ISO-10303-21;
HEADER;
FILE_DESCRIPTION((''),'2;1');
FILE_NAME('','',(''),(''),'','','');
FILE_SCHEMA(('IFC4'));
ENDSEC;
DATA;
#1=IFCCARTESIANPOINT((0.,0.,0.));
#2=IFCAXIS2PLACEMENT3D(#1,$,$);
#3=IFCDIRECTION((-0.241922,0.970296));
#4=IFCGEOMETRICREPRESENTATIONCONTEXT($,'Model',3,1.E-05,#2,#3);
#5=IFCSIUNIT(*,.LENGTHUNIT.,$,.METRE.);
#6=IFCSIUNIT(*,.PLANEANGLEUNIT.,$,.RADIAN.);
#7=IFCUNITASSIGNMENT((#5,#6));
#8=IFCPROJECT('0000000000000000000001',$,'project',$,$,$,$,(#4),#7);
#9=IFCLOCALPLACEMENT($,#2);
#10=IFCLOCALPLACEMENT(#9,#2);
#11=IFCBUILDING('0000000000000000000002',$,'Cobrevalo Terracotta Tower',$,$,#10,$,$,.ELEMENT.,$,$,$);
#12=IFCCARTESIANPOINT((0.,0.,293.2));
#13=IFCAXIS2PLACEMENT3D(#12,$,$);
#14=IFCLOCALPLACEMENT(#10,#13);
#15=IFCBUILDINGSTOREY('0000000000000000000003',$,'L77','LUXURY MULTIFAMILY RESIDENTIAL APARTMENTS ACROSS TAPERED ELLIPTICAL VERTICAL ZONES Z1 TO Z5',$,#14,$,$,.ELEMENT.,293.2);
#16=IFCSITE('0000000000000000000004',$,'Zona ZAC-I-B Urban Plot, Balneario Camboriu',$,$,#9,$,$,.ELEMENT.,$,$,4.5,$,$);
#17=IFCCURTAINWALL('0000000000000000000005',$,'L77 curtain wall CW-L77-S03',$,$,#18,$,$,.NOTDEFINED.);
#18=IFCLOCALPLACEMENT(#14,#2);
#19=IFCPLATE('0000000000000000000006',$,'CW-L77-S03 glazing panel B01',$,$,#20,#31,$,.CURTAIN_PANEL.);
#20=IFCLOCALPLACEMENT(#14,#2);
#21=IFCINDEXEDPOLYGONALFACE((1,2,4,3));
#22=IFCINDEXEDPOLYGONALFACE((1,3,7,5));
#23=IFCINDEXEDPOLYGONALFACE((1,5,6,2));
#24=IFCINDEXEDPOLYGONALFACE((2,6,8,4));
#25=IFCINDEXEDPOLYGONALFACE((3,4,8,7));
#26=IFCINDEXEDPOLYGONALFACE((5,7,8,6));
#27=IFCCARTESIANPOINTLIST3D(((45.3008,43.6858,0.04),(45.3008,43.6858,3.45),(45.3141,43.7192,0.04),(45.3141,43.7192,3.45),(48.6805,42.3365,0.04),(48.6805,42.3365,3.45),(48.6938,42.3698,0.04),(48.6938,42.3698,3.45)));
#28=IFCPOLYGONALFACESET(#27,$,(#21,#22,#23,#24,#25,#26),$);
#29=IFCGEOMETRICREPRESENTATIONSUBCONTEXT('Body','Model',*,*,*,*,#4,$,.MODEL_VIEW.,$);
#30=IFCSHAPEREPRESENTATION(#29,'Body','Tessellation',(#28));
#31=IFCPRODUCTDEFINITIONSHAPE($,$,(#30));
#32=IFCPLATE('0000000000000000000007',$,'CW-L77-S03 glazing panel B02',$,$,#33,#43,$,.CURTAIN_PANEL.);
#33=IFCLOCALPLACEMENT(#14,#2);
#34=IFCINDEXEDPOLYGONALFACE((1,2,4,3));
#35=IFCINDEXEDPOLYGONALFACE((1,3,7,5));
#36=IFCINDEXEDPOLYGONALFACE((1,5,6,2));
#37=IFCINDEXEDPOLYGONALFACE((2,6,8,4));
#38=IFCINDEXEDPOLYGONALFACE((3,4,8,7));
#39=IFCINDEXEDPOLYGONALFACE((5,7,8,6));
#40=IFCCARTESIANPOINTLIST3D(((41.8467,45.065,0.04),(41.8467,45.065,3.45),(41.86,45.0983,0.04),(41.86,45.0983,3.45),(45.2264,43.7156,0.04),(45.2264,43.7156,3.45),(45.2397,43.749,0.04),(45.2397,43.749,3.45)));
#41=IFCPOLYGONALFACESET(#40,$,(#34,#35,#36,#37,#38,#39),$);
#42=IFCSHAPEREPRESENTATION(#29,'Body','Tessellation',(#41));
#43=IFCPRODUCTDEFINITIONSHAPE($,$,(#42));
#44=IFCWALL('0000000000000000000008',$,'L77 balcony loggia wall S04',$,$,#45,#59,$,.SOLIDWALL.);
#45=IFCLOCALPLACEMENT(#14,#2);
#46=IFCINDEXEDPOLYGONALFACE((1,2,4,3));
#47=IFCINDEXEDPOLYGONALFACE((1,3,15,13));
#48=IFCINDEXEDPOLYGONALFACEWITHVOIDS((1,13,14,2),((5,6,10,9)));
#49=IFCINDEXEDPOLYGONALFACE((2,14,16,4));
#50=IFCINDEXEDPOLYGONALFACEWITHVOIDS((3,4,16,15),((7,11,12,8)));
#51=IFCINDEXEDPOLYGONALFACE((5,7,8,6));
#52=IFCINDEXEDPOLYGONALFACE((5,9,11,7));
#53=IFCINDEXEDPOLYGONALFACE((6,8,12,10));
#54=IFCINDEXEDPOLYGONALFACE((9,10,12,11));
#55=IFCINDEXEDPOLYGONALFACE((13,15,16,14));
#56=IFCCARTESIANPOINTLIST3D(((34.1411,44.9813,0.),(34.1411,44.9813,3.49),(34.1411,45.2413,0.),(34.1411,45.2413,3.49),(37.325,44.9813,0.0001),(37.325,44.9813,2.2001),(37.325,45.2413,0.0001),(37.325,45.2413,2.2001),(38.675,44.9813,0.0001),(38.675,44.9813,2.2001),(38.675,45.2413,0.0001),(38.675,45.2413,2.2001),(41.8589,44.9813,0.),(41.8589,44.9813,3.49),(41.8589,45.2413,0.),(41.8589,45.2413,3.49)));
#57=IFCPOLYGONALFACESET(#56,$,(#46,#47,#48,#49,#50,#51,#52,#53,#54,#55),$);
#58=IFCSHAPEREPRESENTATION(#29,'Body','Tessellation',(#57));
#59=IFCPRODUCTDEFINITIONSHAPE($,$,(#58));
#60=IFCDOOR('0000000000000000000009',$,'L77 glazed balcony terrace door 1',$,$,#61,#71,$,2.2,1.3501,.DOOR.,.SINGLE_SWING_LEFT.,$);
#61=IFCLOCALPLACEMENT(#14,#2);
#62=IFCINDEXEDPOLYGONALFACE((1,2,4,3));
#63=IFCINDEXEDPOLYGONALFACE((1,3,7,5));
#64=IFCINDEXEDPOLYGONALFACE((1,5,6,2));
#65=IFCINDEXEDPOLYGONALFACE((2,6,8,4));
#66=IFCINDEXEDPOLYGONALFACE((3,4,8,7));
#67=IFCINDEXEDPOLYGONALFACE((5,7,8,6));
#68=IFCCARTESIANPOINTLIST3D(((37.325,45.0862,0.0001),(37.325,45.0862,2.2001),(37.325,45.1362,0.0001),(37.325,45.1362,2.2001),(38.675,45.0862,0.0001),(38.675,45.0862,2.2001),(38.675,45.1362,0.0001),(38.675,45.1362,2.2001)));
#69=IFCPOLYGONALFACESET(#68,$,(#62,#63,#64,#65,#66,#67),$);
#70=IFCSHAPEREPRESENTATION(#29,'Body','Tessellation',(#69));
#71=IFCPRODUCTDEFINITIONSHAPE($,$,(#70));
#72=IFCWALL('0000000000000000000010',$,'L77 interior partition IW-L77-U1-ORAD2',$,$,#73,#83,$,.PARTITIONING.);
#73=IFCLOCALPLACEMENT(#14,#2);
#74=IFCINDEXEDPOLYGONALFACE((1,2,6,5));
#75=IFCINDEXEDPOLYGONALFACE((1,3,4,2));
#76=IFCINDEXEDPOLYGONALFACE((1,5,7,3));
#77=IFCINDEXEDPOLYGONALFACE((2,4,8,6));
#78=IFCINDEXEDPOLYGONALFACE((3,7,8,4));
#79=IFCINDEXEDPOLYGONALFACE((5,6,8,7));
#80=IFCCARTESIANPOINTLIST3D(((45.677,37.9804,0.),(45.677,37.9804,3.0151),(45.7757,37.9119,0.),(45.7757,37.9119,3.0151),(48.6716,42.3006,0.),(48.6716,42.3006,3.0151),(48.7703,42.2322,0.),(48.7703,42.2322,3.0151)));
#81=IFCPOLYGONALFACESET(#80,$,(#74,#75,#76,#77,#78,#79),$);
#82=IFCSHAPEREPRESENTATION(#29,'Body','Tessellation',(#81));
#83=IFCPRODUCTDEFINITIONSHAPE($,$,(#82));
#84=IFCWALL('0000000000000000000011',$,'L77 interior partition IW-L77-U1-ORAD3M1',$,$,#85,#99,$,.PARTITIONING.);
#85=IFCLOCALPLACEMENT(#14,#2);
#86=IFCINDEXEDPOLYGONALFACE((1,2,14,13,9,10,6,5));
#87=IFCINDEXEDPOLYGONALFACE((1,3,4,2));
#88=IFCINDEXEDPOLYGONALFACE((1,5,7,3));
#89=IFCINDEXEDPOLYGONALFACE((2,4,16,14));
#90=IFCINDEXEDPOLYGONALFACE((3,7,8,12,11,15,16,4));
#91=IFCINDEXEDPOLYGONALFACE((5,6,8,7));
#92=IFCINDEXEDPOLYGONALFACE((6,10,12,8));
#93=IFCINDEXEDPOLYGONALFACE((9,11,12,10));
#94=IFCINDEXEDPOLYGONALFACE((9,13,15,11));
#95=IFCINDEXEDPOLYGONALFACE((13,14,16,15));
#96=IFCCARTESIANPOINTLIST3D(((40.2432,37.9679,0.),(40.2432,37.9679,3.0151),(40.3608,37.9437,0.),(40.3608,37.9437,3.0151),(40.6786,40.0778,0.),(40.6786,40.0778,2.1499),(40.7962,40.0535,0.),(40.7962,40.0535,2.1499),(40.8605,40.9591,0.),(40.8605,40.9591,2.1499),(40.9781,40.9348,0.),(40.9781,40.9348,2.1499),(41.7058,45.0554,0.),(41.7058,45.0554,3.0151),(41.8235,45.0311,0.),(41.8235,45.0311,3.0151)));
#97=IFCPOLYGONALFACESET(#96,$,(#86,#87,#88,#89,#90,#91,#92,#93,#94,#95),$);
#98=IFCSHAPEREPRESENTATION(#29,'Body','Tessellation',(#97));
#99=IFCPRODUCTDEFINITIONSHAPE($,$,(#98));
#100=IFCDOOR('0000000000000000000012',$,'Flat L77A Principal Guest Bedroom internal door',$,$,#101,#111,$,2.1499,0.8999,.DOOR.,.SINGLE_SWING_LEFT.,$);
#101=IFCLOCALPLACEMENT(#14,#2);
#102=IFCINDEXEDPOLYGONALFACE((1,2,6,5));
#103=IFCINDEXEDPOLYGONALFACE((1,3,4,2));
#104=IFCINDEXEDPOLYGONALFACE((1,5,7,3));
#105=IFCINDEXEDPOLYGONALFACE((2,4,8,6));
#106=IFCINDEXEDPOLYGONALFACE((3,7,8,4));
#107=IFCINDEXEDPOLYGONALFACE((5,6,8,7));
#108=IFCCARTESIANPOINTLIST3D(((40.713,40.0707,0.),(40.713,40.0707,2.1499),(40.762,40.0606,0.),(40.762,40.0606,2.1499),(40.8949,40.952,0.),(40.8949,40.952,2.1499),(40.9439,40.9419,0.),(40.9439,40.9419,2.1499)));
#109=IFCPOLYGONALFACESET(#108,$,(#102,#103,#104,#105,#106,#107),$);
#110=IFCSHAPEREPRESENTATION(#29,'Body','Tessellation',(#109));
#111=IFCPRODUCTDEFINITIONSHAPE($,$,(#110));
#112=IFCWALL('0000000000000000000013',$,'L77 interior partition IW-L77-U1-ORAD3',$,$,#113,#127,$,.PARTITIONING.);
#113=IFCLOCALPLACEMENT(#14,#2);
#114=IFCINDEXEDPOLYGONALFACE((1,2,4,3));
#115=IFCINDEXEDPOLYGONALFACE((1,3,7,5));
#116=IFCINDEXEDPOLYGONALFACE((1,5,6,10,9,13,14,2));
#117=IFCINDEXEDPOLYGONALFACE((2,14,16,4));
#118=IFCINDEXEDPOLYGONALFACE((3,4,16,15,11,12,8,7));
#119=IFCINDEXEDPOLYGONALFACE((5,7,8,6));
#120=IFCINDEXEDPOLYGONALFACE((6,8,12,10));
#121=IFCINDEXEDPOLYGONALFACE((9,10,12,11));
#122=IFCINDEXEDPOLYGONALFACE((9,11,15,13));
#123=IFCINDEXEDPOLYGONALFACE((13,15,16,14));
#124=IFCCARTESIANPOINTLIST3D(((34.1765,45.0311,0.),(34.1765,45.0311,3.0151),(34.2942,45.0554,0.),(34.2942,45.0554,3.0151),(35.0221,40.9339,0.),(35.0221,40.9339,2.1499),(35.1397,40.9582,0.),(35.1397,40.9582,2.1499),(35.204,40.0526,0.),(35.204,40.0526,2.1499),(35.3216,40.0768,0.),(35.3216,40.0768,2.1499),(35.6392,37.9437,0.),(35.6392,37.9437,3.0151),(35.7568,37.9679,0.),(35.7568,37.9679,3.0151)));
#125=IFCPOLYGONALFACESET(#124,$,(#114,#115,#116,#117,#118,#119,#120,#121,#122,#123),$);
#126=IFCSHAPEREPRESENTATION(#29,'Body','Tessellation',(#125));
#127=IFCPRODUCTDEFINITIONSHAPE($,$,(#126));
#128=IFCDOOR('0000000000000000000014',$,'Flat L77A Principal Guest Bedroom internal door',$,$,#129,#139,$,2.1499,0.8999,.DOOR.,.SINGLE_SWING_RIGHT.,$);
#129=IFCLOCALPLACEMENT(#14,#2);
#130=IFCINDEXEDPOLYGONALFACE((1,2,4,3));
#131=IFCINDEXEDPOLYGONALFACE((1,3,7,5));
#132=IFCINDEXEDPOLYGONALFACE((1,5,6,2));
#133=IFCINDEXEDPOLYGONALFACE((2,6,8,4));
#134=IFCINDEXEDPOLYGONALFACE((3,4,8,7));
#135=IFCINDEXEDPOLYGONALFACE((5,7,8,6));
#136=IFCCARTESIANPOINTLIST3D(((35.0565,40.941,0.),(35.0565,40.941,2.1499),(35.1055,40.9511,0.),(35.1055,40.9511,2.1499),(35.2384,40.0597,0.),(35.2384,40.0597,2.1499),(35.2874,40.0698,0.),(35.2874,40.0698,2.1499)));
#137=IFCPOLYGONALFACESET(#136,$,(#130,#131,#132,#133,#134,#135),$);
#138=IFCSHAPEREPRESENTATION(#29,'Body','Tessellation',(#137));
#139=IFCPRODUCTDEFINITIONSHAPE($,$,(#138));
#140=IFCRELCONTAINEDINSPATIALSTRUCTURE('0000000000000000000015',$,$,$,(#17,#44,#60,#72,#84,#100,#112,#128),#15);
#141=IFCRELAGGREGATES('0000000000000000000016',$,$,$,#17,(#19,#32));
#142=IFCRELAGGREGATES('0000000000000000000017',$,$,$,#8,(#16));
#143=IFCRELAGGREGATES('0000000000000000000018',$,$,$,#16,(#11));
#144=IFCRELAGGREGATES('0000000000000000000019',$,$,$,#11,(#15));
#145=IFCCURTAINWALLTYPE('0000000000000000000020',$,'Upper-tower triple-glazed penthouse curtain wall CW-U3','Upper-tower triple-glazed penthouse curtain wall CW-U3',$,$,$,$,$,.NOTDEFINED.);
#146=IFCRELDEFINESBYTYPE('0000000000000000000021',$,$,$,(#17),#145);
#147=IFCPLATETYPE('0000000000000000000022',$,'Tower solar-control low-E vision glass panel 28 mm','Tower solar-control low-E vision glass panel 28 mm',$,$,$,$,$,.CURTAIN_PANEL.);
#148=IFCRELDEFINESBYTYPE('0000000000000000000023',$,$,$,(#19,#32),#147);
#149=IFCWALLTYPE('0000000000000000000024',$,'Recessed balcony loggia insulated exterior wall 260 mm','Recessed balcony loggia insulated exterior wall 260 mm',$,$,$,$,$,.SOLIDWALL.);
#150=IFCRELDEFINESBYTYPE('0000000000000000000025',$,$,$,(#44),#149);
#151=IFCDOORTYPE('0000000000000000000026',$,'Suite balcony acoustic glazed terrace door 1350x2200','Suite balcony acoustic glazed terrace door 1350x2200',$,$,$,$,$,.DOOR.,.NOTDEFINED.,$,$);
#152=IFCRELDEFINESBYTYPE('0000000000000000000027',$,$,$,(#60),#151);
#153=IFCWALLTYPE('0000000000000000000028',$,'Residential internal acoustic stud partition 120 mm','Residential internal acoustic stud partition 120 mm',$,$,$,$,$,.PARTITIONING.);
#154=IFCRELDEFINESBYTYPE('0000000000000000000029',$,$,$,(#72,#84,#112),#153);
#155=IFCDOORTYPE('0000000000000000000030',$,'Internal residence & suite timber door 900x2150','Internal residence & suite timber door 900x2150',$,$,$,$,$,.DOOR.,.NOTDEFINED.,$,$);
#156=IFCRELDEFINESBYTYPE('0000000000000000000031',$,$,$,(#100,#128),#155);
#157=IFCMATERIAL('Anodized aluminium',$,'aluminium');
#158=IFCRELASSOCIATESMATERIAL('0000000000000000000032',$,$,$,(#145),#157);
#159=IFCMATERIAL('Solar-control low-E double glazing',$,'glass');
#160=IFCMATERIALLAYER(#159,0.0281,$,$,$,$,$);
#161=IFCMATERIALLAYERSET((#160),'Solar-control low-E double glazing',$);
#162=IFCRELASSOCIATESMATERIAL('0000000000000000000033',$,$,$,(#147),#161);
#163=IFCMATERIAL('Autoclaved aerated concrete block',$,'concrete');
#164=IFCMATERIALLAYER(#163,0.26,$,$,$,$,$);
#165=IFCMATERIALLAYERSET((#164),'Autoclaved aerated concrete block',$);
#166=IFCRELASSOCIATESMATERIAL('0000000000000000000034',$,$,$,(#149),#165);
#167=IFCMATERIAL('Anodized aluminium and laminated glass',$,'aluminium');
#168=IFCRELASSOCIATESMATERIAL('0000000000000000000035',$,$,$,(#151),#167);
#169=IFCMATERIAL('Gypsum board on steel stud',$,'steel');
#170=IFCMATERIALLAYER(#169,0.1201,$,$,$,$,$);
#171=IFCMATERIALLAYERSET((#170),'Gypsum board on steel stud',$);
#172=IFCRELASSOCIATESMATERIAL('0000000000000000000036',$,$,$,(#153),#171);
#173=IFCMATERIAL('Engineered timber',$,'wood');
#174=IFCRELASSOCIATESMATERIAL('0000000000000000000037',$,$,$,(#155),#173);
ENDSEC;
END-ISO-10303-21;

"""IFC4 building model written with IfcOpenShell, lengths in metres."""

from ifc_helpers import new_model, si_unit, direction, frame, frame_2d, origin, origin_2d, place, context, subcontext, project, spatial, rectangle, extrude, source, transform, mapped, material, layer, layer_set, type_object, element, fill, aggregate, save


model = new_model("IFC4")

# Units and contexts
model_context = context("Model", 3, precision=1e-05, world=origin(), true_north=direction((-0.241922, 0.970296)))
body_context = subcontext(model_context, "Body", "Model", "MODEL_VIEW")
ifc_project = project(units=[si_unit("LENGTHUNIT", "METRE"), si_unit("PLANEANGLEUNIT", "RADIAN")], contexts=[model_context])

# Site, building, storey
site_placement = place(None, origin())
site = spatial("IfcSite", under=ifc_project, at=site_placement, Name="Zona ZAC-I-B Urban Plot, Balneario Camboriu", CompositionType="ELEMENT", RefElevation=4.5)
building_placement = place(site_placement, origin())
building = spatial("IfcBuilding", under=site, at=building_placement, Name="Cobrevalo Terracotta Tower", CompositionType="ELEMENT")
storey_placement = place(building_placement, frame((0.0, 0.0, 293.2)))
storey = spatial("IfcBuildingStorey", under=building, at=storey_placement, Name="L77", Description="LUXURY MULTIFAMILY RESIDENTIAL APARTMENTS ACROSS TAPERED ELLIPTICAL VERTICAL ZONES Z1 TO Z5", CompositionType="ELEMENT", Elevation=293.2)

# Curtain wall, plates
ifc_material_1 = material(Name="Anodized aluminium", Category="aluminium")
curtain_wall_type = type_object("IfcCurtainWallType", Name="Upper-tower triple-glazed penthouse curtain wall CW-U3", Description="Upper-tower triple-glazed penthouse curtain wall CW-U3", PredefinedType="NOTDEFINED", material=ifc_material_1)
curtain_wall_placement = place(storey_placement, origin())
curtain_wall = element("IfcCurtainWall", 1, at=curtain_wall_placement, inside=storey, type_object=curtain_wall_type, Name="L77 curtain wall CW-L77-S03", PredefinedType="NOTDEFINED")
ifc_material_2 = material(Name="Solar-control low-E double glazing", Category="glass")
ifc_layer_1 = layer(ifc_material_2, 0.0281)
ifc_layer_set_1 = layer_set([ifc_layer_1], Name="Solar-control low-E double glazing")
plate_type = type_object("IfcPlateType", Name="Tower solar-control low-E vision glass panel 28 mm", Description="Tower solar-control low-E vision glass panel 28 mm", PredefinedType="CURTAIN_PANEL", material=ifc_layer_set_1)
shared_shape_1 = source(origin(), body_context, "Body", "SweptSolid", [
    extrude(rectangle(XDim=3.6392, YDim=0.0359, at=origin_2d()), origin(), (0.0, 0.0, 1.0), 3.4099),
])
plate_1_placement = place(storey_placement, frame((46.9973, 43.0278, 0.04), z_axis=(0.0, 0.0, 1.0), x_axis=(-0.928718, 0.370786, 0.0)))
plate_1 = element("IfcPlate", 2, at=plate_1_placement, type_object=plate_type, Name="CW-L77-S03 glazing panel B01", PredefinedType="CURTAIN_PANEL", context=body_context, shape_type="MappedRepresentation", body=[
    mapped(shared_shape_1, transform((0.0, 0.0, 0.0), scale=1.0)),
])
plate_2_placement = place(storey_placement, frame((43.5432, 44.407, 0.04), z_axis=(0.0, 0.0, 1.0), x_axis=(-0.928718, 0.370786, 0.0)))
plate_2 = element("IfcPlate", 3, at=plate_2_placement, type_object=plate_type, Name="CW-L77-S03 glazing panel B02", PredefinedType="CURTAIN_PANEL", context=body_context, shape_type="MappedRepresentation", body=[
    mapped(shared_shape_1, transform((0.0, 0.0, 0.0), scale=1.0)),
])
aggregate(curtain_wall, [plate_1, plate_2])

# Wall, opening, door
ifc_material_3 = material(Name="Autoclaved aerated concrete block", Category="concrete")
ifc_layer_2 = layer(ifc_material_3, 0.26)
ifc_layer_set_2 = layer_set([ifc_layer_2], Name="Autoclaved aerated concrete block")
wall_type_1 = type_object("IfcWallType", Name="Recessed balcony loggia insulated exterior wall 260 mm", Description="Recessed balcony loggia insulated exterior wall 260 mm", PredefinedType="SOLIDWALL", material=ifc_layer_set_2)
wall_1_placement = place(storey_placement, frame((41.8589, 45.1113, 0.0), z_axis=(0.0, 0.0, 1.0), x_axis=(-1.0, 0.0, 0.0)))
wall_1 = element("IfcWall", 4, at=wall_1_placement, inside=storey, type_object=wall_type_1, Name="L77 balcony loggia wall S04", PredefinedType="SOLIDWALL", context=body_context, shape_type="SweptSolid", body=[
    extrude(rectangle(XDim=7.7178, YDim=0.26, at=frame_2d((3.8589, 0.0))), origin(), (0.0, 0.0, 1.0), 3.49),
])
opening_1_placement = place(wall_1_placement, frame((3.1838, 0.0, 0.0)))
opening_1 = element("IfcOpeningElement", 5, at=opening_1_placement, cuts=wall_1, PredefinedType="OPENING", context=body_context, shape_type="SweptSolid", body=[
    extrude(rectangle(XDim=1.3501, YDim=2.2, at=frame_2d((0.675, 1.1001))), frame((0.0, 0.1401, 0.0), z_axis=(0.0, -1.0, 0.0), x_axis=(1.0, 0.0, 0.0)), (0.0, 0.0, 1.0), 0.28),
])
ifc_material_4 = material(Name="Anodized aluminium and laminated glass", Category="aluminium")
door_type_1 = type_object("IfcDoorType", Name="Suite balcony acoustic glazed terrace door 1350x2200", Description="Suite balcony acoustic glazed terrace door 1350x2200", OperationType="NOTDEFINED", PredefinedType="DOOR", material=ifc_material_4)
shared_shape_2 = source(origin(), body_context, "Body", "SweptSolid", [
    extrude(rectangle(XDim=1.3501, YDim=2.2, at=frame_2d((0.675, 1.1001))), frame((0.0, 0.0249, 0.0), z_axis=(0.0, -1.0, 0.0), x_axis=(1.0, 0.0, 0.0)), (0.0, 0.0, 1.0), 0.05),
])
door_1_placement = place(opening_1_placement, frame((1.3501, 0.0, 0.0), z_axis=(0.0, 0.0, 1.0), x_axis=(-1.0, 0.0, 0.0)))
door_1 = element("IfcDoor", 6, at=door_1_placement, inside=storey, type_object=door_type_1, Name="L77 glazed balcony terrace door 1", OperationType="SINGLE_SWING_LEFT", OverallHeight=2.2, OverallWidth=1.3501, PredefinedType="DOOR", context=body_context, shape_type="MappedRepresentation", body=[
    mapped(shared_shape_2, transform((0.0, 0.0, 0.0), scale=1.0)),
])
fill(opening_1, door_1)

# Wall
ifc_material_5 = material(Name="Gypsum board on steel stud", Category="steel")
ifc_layer_3 = layer(ifc_material_5, 0.1201)
ifc_layer_set_3 = layer_set([ifc_layer_3], Name="Gypsum board on steel stud")
wall_type_2 = type_object("IfcWallType", Name="Residential internal acoustic stud partition 120 mm", Description="Residential internal acoustic stud partition 120 mm", PredefinedType="PARTITIONING", material=ifc_layer_set_3)
wall_2_placement = place(storey_placement, frame((45.7263, 37.946, 0.0), z_axis=(0.0, 0.0, 1.0), x_axis=(0.569678, 0.821868, 0.0)))
element("IfcWall", 7, at=wall_2_placement, inside=storey, type_object=wall_type_2, Name="L77 interior partition IW-L77-U1-ORAD2", PredefinedType="PARTITIONING", context=body_context, shape_type="SweptSolid", body=[
    extrude(rectangle(XDim=5.2566, YDim=0.1201, at=frame_2d((2.6284, 0.0))), origin(), (0.0, 0.0, 1.0), 3.0151),
])

# Walls, openings, doors
wall_3_placement = place(storey_placement, frame((40.302, 37.9558, 0.0), z_axis=(0.0, 0.0, 1.0), x_axis=(0.202114, 0.979362, 0.0)))
wall_3 = element("IfcWall", 8, at=wall_3_placement, inside=storey, type_object=wall_type_2, Name="L77 interior partition IW-L77-U1-ORAD3M1", PredefinedType="PARTITIONING", context=body_context, shape_type="SweptSolid", body=[
    extrude(rectangle(XDim=7.2368, YDim=0.1201, at=frame_2d((3.6184, 0.0))), origin(), (0.0, 0.0, 1.0), 3.0151),
])
opening_2_placement = place(wall_3_placement, frame((2.1543, 0.0, 0.0)))
opening_2 = element("IfcOpeningElement", 9, at=opening_2_placement, cuts=wall_3, PredefinedType="OPENING", context=body_context, shape_type="SweptSolid", body=[
    extrude(rectangle(XDim=0.8999, YDim=2.1499, at=frame_2d((0.45, 1.075))), frame((0.0, 0.0701, 0.0), z_axis=(0.0, -1.0, 0.0), x_axis=(1.0, 0.0, 0.0)), (0.0, 0.0, 1.0), 0.1401),
])
ifc_material_6 = material(Name="Engineered timber", Category="wood")
door_type_2 = type_object("IfcDoorType", Name="Internal residence & suite timber door 900x2150", Description="Internal residence & suite timber door 900x2150", OperationType="NOTDEFINED", PredefinedType="DOOR", material=ifc_material_6)
shared_shape_3 = source(origin(), body_context, "Body", "SweptSolid", [
    extrude(rectangle(XDim=0.8999, YDim=2.1499, at=frame_2d((0.45, 1.075))), frame((0.0, 0.0249, 0.0), z_axis=(0.0, -1.0, 0.0), x_axis=(1.0, 0.0, 0.0)), (0.0, 0.0, 1.0), 0.05),
])
door_2_placement = place(opening_2_placement, origin())
door_2 = element("IfcDoor", 10, at=door_2_placement, inside=storey, type_object=door_type_2, Name="Flat L77A Principal Guest Bedroom internal door", OperationType="SINGLE_SWING_LEFT", OverallHeight=2.1499, OverallWidth=0.8999, PredefinedType="DOOR", context=body_context, shape_type="MappedRepresentation", body=[
    mapped(shared_shape_3, transform((0.0, 0.0, 0.0), scale=1.0)),
])
fill(opening_2, door_2)
wall_4_placement = place(storey_placement, frame((35.698, 37.9558, 0.0), z_axis=(0.0, 0.0, 1.0), x_axis=(-0.202114, 0.979362, 0.0)))
wall_4 = element("IfcWall", 11, at=wall_4_placement, inside=storey, type_object=wall_type_2, Name="L77 interior partition IW-L77-U1-ORAD3", PredefinedType="PARTITIONING", context=body_context, shape_type="SweptSolid", body=[
    extrude(rectangle(XDim=7.2368, YDim=0.1201, at=frame_2d((3.6184, 0.0))), origin(), (0.0, 0.0, 1.0), 3.0151),
])
opening_3_placement = place(wall_4_placement, frame((2.1533, 0.0, 0.0)))
opening_3 = element("IfcOpeningElement", 12, at=opening_3_placement, cuts=wall_4, PredefinedType="OPENING", context=body_context, shape_type="SweptSolid", body=[
    extrude(rectangle(XDim=0.8999, YDim=2.1499, at=frame_2d((0.45, 1.075))), frame((0.0, 0.0701, 0.0), z_axis=(0.0, -1.0, 0.0), x_axis=(1.0, 0.0, 0.0)), (0.0, 0.0, 1.0), 0.1401),
])
door_3_placement = place(opening_3_placement, origin())
door_3 = element("IfcDoor", 13, at=door_3_placement, inside=storey, type_object=door_type_2, Name="Flat L77A Principal Guest Bedroom internal door", OperationType="SINGLE_SWING_RIGHT", OverallHeight=2.1499, OverallWidth=0.8999, PredefinedType="DOOR", context=body_context, shape_type="MappedRepresentation", body=[
    mapped(shared_shape_3, transform((0.0, 0.0, 0.0), scale=1.0)),
])
fill(opening_3, door_3)

save(model, "model.ifc")
